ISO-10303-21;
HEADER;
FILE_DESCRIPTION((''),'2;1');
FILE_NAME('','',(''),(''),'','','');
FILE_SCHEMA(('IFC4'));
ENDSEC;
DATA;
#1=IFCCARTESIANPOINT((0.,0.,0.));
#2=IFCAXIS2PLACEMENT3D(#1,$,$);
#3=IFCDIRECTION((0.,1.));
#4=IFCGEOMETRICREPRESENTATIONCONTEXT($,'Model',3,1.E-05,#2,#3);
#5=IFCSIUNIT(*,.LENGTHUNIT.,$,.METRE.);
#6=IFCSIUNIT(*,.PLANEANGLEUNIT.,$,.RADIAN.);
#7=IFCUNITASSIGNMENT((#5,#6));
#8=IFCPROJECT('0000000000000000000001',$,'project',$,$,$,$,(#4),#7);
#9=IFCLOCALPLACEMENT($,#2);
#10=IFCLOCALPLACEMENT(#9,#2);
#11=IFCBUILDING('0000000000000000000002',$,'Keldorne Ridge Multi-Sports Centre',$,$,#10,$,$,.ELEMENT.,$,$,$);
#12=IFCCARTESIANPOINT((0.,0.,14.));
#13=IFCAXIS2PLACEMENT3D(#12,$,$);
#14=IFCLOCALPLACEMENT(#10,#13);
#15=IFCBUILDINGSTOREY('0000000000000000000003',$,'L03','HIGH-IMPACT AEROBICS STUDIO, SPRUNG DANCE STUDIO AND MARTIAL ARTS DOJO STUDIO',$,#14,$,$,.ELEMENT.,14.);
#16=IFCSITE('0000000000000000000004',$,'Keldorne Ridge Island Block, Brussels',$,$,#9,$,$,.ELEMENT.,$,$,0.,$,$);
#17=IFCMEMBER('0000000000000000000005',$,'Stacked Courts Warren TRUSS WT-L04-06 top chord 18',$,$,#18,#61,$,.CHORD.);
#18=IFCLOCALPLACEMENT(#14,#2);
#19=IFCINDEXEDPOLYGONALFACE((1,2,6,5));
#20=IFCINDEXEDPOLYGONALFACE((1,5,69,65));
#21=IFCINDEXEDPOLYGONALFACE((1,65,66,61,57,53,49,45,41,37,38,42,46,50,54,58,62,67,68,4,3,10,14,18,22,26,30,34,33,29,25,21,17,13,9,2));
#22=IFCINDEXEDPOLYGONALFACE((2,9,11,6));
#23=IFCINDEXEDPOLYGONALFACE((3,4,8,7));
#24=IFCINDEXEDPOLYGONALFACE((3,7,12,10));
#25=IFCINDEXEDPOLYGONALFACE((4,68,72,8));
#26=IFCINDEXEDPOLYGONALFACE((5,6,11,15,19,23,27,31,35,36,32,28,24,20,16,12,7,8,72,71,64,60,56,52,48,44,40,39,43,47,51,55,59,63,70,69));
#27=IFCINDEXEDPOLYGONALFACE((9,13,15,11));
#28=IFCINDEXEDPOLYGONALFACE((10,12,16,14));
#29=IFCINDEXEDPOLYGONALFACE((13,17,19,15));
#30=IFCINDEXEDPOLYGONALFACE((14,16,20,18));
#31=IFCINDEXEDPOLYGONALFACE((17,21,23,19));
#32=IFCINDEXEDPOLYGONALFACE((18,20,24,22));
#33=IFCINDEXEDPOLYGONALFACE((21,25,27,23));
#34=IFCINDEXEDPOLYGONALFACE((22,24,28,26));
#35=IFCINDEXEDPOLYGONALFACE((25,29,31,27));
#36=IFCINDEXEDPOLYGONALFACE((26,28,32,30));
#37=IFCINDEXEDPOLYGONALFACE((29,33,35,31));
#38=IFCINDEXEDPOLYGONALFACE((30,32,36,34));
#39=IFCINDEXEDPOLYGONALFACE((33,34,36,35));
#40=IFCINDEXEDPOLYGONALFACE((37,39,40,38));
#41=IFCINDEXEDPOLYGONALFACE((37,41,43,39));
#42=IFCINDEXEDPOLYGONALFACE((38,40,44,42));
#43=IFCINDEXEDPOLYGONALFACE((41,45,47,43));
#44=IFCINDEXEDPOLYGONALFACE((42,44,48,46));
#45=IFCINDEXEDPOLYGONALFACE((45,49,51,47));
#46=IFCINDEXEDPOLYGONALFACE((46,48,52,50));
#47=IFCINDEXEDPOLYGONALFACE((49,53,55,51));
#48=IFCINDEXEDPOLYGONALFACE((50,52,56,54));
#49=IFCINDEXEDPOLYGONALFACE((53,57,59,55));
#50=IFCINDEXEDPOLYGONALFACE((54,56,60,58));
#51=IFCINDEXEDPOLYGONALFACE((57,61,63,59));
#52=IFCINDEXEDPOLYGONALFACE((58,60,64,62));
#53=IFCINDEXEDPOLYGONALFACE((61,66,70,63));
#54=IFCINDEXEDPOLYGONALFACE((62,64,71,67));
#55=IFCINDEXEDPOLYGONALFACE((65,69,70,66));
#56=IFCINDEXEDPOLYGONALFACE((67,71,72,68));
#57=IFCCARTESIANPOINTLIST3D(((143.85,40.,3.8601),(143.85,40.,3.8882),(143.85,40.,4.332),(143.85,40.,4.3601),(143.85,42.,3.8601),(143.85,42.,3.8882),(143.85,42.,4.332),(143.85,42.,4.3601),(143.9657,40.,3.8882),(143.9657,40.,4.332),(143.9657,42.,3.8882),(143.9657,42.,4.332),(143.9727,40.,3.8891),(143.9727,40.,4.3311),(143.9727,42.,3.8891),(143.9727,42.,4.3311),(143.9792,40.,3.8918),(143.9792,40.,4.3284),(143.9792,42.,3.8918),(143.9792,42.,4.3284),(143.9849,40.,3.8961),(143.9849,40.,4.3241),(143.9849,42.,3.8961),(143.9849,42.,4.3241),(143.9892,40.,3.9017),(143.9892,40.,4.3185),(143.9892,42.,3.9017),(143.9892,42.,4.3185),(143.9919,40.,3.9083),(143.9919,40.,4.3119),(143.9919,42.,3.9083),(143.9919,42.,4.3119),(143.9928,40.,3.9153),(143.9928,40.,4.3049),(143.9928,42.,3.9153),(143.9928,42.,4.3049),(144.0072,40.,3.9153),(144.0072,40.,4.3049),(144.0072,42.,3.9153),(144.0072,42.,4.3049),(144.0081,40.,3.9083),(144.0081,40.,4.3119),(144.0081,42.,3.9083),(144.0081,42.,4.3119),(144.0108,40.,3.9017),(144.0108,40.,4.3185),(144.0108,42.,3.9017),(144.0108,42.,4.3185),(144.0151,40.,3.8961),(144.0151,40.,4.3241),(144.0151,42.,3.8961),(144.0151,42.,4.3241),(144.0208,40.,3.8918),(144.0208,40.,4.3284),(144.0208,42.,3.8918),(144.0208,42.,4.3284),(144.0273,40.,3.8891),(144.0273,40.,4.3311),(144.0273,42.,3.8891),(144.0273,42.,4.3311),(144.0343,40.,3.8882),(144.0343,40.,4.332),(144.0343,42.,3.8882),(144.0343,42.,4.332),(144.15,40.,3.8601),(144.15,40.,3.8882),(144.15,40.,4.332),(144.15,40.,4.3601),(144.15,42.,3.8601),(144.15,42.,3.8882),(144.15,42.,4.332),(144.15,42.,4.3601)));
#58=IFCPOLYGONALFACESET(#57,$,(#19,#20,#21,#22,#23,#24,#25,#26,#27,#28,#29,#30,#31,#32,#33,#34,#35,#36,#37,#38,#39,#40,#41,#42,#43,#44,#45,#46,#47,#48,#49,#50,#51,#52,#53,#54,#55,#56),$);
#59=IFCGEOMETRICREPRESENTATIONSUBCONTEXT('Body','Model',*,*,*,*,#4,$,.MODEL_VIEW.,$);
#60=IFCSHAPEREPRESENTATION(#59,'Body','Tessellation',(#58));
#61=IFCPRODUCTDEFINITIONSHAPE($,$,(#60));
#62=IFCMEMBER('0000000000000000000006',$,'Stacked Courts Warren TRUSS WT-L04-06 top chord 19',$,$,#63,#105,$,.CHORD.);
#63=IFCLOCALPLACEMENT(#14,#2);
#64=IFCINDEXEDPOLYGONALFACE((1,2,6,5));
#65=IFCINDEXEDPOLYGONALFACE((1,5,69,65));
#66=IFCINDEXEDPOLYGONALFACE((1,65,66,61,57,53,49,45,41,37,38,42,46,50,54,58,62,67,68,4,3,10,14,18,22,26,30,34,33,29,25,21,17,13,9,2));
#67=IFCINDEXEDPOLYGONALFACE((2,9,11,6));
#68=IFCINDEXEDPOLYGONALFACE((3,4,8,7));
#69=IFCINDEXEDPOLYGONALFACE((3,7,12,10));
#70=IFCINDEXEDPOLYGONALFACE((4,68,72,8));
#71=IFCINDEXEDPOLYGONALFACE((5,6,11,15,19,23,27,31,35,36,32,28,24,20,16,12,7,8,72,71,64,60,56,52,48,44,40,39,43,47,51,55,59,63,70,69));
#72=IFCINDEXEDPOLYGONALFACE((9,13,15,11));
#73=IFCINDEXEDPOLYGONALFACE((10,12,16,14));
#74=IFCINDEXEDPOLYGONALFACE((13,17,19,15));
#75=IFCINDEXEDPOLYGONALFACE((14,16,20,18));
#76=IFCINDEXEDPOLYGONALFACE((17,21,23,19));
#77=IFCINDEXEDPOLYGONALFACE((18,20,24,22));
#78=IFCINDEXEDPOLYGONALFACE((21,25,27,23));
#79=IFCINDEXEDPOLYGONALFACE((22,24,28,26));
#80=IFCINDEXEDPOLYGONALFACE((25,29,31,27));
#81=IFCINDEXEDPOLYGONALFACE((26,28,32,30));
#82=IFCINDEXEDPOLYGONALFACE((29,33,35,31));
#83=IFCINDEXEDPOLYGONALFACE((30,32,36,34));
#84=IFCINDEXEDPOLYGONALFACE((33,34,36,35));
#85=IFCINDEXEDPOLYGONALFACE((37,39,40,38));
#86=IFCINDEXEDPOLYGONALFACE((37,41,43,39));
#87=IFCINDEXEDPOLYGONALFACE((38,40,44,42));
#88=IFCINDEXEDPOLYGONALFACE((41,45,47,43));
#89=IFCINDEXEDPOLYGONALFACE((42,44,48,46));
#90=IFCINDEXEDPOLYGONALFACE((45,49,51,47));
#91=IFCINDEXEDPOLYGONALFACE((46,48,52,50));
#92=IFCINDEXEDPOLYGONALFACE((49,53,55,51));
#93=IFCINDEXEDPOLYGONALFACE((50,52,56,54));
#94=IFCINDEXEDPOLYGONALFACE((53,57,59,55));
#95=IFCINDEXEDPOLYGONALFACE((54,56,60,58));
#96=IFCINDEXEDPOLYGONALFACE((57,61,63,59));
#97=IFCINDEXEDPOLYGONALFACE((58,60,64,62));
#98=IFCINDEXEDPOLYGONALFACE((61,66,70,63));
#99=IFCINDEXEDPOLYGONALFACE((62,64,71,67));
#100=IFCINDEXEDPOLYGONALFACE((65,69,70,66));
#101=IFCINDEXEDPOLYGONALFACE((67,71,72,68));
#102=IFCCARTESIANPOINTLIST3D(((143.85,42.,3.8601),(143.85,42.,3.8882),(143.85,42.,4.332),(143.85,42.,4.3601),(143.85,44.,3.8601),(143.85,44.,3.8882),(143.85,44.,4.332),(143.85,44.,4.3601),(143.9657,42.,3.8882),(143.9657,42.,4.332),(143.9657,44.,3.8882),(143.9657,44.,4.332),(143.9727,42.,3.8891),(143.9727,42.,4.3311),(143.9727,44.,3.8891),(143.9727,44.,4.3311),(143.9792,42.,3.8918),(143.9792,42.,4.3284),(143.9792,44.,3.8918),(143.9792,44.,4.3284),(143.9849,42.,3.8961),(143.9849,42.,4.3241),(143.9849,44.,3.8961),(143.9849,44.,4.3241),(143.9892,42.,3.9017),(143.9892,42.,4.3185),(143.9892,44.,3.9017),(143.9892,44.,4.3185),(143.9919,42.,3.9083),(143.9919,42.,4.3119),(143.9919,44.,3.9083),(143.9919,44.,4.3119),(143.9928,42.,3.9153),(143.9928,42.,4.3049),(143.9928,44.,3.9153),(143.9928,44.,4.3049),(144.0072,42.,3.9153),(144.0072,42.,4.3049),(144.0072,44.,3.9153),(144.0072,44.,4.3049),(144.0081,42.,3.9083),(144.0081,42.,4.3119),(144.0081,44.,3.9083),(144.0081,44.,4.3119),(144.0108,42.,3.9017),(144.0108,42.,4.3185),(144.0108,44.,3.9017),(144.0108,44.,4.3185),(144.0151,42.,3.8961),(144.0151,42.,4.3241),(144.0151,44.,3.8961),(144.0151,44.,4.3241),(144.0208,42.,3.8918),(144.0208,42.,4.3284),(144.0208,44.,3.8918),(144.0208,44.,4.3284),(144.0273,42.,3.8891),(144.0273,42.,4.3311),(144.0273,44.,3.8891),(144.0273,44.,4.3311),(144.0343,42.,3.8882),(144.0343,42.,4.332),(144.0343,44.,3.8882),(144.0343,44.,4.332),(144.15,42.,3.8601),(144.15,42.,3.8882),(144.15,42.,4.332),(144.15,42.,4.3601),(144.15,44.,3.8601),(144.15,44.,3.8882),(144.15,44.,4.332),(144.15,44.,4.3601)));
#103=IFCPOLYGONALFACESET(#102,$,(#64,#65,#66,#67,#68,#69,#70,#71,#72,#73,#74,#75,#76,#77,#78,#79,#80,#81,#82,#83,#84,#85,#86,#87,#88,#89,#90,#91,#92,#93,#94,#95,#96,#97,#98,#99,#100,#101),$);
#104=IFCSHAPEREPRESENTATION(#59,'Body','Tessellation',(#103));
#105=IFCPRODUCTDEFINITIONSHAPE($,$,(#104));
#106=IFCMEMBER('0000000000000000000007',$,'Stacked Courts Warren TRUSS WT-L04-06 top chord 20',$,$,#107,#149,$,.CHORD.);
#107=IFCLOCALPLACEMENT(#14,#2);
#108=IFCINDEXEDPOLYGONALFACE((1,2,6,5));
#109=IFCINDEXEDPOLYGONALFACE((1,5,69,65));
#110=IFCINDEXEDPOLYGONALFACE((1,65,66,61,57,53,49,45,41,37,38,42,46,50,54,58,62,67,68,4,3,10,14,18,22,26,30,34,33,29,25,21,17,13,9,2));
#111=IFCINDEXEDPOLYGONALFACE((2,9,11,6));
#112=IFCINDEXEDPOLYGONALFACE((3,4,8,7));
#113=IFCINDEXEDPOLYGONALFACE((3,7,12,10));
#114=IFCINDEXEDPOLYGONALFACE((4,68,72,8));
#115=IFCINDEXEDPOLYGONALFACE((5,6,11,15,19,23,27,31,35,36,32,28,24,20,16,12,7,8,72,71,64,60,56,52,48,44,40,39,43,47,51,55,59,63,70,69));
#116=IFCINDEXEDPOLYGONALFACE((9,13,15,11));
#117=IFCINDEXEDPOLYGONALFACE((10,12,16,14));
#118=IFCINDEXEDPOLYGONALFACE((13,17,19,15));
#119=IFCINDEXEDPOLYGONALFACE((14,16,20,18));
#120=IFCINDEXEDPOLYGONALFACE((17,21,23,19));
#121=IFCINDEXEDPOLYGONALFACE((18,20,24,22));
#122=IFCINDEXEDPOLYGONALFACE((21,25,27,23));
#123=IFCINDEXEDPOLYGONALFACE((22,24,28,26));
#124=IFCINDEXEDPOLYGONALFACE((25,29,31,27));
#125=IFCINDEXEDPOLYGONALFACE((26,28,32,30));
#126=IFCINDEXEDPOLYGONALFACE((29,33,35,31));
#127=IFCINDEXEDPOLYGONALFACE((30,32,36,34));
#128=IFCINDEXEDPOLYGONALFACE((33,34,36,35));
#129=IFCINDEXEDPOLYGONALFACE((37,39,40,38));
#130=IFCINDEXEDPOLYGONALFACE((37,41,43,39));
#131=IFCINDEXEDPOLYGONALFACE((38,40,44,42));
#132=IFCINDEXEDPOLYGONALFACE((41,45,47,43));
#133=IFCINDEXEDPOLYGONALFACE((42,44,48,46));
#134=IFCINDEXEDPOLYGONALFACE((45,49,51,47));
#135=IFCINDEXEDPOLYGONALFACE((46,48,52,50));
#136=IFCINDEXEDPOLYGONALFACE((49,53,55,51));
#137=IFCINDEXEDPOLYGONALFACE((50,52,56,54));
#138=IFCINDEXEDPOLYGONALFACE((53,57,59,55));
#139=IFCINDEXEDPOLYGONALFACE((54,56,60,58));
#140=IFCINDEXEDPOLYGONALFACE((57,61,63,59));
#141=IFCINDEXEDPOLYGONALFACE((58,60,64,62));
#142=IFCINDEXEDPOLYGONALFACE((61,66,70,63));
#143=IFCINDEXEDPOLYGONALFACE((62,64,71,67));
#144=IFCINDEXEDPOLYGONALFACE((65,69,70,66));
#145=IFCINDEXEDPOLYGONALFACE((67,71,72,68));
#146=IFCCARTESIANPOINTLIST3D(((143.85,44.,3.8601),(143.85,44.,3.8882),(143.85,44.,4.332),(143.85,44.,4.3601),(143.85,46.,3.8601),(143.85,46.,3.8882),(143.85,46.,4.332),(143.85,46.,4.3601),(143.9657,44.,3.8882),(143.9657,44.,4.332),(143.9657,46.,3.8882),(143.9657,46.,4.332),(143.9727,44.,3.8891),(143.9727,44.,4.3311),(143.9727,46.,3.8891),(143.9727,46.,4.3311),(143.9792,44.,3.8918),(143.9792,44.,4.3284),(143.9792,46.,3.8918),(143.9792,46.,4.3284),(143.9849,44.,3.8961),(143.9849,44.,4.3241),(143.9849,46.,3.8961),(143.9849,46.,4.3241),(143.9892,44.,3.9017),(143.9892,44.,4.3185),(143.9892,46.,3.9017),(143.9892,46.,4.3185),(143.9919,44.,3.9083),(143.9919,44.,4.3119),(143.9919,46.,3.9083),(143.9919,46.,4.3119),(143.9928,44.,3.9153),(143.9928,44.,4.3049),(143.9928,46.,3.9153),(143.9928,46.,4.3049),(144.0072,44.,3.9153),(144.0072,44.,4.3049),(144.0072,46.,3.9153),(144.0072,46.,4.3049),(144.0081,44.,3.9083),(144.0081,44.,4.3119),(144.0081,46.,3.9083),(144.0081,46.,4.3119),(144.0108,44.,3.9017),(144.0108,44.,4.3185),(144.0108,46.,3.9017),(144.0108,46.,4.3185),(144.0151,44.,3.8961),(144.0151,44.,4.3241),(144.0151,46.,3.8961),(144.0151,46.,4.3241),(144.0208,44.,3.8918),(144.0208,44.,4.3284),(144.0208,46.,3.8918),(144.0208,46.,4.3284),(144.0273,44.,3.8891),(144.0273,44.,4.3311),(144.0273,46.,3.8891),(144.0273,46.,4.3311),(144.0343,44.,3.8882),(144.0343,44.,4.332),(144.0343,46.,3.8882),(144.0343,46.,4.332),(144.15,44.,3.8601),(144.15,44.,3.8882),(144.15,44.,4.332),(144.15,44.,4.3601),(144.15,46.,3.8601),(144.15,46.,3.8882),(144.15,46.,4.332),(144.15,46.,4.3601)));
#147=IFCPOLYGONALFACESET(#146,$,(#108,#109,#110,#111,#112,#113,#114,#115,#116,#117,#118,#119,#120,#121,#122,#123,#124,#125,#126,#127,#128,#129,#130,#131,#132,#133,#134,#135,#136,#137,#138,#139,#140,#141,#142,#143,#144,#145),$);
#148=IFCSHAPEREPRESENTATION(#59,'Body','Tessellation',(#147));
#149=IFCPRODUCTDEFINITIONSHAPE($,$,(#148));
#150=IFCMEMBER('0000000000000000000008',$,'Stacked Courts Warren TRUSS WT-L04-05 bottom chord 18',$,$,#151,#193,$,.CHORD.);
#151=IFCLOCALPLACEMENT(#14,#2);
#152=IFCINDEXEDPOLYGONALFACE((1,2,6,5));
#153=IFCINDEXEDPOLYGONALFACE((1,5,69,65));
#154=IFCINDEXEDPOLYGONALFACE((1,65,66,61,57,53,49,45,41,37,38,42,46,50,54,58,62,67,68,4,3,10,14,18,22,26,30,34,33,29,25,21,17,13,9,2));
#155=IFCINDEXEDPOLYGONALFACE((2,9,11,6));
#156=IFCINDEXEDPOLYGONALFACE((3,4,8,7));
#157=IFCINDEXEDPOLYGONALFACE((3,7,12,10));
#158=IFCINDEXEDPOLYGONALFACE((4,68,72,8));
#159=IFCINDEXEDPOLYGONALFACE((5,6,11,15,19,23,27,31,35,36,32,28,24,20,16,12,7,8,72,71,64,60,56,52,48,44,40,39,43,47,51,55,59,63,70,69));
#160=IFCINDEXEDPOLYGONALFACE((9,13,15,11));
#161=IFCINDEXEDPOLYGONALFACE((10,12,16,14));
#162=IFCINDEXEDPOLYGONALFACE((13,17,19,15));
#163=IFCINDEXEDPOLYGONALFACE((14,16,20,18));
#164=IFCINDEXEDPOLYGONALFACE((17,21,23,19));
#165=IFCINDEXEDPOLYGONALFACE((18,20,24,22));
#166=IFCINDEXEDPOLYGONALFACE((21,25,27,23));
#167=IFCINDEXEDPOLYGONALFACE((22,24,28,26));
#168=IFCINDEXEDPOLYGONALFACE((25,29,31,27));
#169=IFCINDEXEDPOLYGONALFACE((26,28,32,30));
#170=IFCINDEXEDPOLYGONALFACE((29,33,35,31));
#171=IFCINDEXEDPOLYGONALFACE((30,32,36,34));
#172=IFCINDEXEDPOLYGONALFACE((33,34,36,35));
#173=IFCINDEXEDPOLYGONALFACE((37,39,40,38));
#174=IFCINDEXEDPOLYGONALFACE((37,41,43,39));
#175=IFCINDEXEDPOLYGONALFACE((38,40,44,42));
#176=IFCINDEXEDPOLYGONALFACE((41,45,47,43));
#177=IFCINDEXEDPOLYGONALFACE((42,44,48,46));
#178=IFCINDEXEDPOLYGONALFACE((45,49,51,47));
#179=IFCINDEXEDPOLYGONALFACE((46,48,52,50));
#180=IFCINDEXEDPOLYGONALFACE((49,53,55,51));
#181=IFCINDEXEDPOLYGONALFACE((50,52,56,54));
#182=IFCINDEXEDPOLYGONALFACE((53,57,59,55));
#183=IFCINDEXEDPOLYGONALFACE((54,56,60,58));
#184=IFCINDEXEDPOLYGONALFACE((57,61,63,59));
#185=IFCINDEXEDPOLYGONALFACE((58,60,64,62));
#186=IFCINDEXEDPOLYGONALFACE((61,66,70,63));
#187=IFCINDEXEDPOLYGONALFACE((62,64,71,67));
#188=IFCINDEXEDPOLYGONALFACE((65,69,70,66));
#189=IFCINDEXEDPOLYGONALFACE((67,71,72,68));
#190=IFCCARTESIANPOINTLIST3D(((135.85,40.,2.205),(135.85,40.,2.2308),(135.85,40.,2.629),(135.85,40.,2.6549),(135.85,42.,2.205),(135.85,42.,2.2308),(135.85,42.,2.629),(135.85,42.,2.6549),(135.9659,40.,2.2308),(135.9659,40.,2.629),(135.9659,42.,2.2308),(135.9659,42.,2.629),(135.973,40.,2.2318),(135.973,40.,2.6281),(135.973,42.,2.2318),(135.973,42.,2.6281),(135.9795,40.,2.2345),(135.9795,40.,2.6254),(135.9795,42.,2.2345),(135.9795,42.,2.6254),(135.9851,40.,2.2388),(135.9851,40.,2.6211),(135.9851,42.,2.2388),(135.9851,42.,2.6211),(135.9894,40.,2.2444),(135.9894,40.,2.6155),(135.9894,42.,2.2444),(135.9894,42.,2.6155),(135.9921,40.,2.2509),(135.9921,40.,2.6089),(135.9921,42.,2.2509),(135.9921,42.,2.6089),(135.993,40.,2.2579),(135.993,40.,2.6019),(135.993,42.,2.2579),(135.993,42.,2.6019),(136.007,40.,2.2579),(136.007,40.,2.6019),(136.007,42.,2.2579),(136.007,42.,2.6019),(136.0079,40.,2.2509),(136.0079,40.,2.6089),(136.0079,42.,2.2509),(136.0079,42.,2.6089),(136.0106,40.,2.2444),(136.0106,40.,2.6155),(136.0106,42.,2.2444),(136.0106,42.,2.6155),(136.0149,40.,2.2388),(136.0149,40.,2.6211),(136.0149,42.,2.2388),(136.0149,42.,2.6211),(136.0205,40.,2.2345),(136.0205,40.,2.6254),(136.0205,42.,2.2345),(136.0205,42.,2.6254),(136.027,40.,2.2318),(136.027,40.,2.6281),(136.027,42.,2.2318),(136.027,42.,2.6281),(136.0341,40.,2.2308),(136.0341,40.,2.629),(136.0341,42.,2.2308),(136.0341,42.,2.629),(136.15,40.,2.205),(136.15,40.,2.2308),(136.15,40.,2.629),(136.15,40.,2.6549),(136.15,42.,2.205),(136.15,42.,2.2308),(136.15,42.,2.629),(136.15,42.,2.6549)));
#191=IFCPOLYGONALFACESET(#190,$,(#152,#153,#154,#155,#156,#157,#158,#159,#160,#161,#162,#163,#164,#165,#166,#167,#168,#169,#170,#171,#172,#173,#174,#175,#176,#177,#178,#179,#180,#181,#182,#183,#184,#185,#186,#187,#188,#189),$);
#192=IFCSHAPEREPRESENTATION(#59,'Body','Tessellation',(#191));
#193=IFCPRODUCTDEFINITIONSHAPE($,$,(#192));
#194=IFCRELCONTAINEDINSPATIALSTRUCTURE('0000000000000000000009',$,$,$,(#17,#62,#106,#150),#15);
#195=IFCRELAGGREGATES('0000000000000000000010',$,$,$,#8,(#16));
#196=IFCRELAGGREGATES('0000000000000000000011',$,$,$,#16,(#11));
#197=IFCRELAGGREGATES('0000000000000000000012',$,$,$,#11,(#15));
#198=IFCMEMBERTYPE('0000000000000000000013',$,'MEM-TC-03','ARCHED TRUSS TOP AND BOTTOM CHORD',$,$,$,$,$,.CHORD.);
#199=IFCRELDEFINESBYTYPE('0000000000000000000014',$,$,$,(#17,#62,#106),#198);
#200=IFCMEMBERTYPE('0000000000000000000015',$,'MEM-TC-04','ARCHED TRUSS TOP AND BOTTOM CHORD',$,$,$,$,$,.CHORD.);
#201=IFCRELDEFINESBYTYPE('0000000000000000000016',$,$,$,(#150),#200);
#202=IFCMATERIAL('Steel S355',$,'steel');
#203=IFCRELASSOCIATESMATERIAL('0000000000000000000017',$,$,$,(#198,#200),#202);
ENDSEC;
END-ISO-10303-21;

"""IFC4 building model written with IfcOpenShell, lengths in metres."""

from ifc_helpers import new_model, si_unit, direction, frame, origin, origin_2d, place, context, subcontext, project, spatial, i_section, extrude, material, material_profile, profile_set, type_object, element, save


model = new_model("IFC4")

# Units and contexts
model_context = context("Model", 3, precision=1e-05, world=origin(), true_north=direction((0.0, 1.0)))
body_context = subcontext(model_context, "Body", "Model", "MODEL_VIEW")
ifc_project = project(units=[si_unit("LENGTHUNIT", "METRE"), si_unit("PLANEANGLEUNIT", "RADIAN")], contexts=[model_context])

# Site, building, storey
site_placement = place(None, origin())
site = spatial("IfcSite", under=ifc_project, at=site_placement, Name="Keldorne Ridge Island Block, Brussels", CompositionType="ELEMENT", RefElevation=0.0)
building_placement = place(site_placement, origin())
building = spatial("IfcBuilding", under=site, at=building_placement, Name="Keldorne Ridge Multi-Sports Centre", CompositionType="ELEMENT")
storey_placement = place(building_placement, frame((0.0, 0.0, 14.0)))
storey = spatial("IfcBuildingStorey", under=building, at=storey_placement, Name="L03", Description="HIGH-IMPACT AEROBICS STUDIO, SPRUNG DANCE STUDIO AND MARTIAL ARTS DOJO STUDIO", CompositionType="ELEMENT", Elevation=14.0)

# Members
ifc_material = material(Name="Steel S355", Category="steel")
ifc_material_profile_1 = material_profile(ifc_material, i_section(OverallWidth=0.3, OverallDepth=0.5, WebThickness=0.0144, FlangeThickness=0.0281, FilletRadius=0.0271, at=origin_2d()), Name="HEB 500")
ifc_profile_set_1 = profile_set([ifc_material_profile_1], Name="Steel S355")
member_type_1 = type_object("IfcMemberType", Name="MEM-TC-03", Description="ARCHED TRUSS TOP AND BOTTOM CHORD", PredefinedType="CHORD", material=ifc_profile_set_1)
for number, where, z_axis, x_axis, name in (
    (1, (144.0, 40.0, 4.1101), (0.0, 1.0, 0.0), (-1.0, 0.0, 0.0), "Stacked Courts Warren TRUSS WT-L04-06 top chord 18"),
    (2, (144.0, 42.0, 4.1101), (0.0, 1.0, 0.0), (-1.0, 0.0, 0.0), "Stacked Courts Warren TRUSS WT-L04-06 top chord 19"),
    (3, (144.0, 44.0, 4.1101), (0.0, 1.0, 0.0), (-1.0, 0.0, 0.0), "Stacked Courts Warren TRUSS WT-L04-06 top chord 20"),
):
    element("IfcMember", number, at=place(storey_placement, frame(where, z_axis=z_axis, x_axis=x_axis)), inside=storey, type_object=member_type_1, Name=name, PredefinedType="CHORD", context=body_context, shape_type="SweptSolid", body=[
        extrude(i_section(OverallWidth=0.3, OverallDepth=0.5, WebThickness=0.0144, FlangeThickness=0.0281, FilletRadius=0.0271, at=origin_2d()), origin(), (0.0, 0.0, 1.0), 2.0),
    ])
ifc_material_profile_2 = material_profile(ifc_material, i_section(OverallWidth=0.3, OverallDepth=0.45, WebThickness=0.0139, FlangeThickness=0.0259, FilletRadius=0.0271, at=origin_2d()), Name="HEB 450")
ifc_profile_set_2 = profile_set([ifc_material_profile_2], Name="Steel S355")
member_type_2 = type_object("IfcMemberType", Name="MEM-TC-04", Description="ARCHED TRUSS TOP AND BOTTOM CHORD", PredefinedType="CHORD", material=ifc_profile_set_2)
for number, where, z_axis, x_axis, name in (
    (4, (136.0, 40.0, 2.4299), (0.0, 1.0, 0.0), (-1.0, 0.0, 0.0), "Stacked Courts Warren TRUSS WT-L04-05 bottom chord 18"),
):
    element("IfcMember", number, at=place(storey_placement, frame(where, z_axis=z_axis, x_axis=x_axis)), inside=storey, type_object=member_type_2, Name=name, PredefinedType="CHORD", context=body_context, shape_type="SweptSolid", body=[
        extrude(i_section(OverallWidth=0.3, OverallDepth=0.45, WebThickness=0.0139, FlangeThickness=0.0259, FilletRadius=0.0271, at=origin_2d()), origin(), (0.0, 0.0, 1.0), 2.0),
    ])

save(model, "model.ifc")
